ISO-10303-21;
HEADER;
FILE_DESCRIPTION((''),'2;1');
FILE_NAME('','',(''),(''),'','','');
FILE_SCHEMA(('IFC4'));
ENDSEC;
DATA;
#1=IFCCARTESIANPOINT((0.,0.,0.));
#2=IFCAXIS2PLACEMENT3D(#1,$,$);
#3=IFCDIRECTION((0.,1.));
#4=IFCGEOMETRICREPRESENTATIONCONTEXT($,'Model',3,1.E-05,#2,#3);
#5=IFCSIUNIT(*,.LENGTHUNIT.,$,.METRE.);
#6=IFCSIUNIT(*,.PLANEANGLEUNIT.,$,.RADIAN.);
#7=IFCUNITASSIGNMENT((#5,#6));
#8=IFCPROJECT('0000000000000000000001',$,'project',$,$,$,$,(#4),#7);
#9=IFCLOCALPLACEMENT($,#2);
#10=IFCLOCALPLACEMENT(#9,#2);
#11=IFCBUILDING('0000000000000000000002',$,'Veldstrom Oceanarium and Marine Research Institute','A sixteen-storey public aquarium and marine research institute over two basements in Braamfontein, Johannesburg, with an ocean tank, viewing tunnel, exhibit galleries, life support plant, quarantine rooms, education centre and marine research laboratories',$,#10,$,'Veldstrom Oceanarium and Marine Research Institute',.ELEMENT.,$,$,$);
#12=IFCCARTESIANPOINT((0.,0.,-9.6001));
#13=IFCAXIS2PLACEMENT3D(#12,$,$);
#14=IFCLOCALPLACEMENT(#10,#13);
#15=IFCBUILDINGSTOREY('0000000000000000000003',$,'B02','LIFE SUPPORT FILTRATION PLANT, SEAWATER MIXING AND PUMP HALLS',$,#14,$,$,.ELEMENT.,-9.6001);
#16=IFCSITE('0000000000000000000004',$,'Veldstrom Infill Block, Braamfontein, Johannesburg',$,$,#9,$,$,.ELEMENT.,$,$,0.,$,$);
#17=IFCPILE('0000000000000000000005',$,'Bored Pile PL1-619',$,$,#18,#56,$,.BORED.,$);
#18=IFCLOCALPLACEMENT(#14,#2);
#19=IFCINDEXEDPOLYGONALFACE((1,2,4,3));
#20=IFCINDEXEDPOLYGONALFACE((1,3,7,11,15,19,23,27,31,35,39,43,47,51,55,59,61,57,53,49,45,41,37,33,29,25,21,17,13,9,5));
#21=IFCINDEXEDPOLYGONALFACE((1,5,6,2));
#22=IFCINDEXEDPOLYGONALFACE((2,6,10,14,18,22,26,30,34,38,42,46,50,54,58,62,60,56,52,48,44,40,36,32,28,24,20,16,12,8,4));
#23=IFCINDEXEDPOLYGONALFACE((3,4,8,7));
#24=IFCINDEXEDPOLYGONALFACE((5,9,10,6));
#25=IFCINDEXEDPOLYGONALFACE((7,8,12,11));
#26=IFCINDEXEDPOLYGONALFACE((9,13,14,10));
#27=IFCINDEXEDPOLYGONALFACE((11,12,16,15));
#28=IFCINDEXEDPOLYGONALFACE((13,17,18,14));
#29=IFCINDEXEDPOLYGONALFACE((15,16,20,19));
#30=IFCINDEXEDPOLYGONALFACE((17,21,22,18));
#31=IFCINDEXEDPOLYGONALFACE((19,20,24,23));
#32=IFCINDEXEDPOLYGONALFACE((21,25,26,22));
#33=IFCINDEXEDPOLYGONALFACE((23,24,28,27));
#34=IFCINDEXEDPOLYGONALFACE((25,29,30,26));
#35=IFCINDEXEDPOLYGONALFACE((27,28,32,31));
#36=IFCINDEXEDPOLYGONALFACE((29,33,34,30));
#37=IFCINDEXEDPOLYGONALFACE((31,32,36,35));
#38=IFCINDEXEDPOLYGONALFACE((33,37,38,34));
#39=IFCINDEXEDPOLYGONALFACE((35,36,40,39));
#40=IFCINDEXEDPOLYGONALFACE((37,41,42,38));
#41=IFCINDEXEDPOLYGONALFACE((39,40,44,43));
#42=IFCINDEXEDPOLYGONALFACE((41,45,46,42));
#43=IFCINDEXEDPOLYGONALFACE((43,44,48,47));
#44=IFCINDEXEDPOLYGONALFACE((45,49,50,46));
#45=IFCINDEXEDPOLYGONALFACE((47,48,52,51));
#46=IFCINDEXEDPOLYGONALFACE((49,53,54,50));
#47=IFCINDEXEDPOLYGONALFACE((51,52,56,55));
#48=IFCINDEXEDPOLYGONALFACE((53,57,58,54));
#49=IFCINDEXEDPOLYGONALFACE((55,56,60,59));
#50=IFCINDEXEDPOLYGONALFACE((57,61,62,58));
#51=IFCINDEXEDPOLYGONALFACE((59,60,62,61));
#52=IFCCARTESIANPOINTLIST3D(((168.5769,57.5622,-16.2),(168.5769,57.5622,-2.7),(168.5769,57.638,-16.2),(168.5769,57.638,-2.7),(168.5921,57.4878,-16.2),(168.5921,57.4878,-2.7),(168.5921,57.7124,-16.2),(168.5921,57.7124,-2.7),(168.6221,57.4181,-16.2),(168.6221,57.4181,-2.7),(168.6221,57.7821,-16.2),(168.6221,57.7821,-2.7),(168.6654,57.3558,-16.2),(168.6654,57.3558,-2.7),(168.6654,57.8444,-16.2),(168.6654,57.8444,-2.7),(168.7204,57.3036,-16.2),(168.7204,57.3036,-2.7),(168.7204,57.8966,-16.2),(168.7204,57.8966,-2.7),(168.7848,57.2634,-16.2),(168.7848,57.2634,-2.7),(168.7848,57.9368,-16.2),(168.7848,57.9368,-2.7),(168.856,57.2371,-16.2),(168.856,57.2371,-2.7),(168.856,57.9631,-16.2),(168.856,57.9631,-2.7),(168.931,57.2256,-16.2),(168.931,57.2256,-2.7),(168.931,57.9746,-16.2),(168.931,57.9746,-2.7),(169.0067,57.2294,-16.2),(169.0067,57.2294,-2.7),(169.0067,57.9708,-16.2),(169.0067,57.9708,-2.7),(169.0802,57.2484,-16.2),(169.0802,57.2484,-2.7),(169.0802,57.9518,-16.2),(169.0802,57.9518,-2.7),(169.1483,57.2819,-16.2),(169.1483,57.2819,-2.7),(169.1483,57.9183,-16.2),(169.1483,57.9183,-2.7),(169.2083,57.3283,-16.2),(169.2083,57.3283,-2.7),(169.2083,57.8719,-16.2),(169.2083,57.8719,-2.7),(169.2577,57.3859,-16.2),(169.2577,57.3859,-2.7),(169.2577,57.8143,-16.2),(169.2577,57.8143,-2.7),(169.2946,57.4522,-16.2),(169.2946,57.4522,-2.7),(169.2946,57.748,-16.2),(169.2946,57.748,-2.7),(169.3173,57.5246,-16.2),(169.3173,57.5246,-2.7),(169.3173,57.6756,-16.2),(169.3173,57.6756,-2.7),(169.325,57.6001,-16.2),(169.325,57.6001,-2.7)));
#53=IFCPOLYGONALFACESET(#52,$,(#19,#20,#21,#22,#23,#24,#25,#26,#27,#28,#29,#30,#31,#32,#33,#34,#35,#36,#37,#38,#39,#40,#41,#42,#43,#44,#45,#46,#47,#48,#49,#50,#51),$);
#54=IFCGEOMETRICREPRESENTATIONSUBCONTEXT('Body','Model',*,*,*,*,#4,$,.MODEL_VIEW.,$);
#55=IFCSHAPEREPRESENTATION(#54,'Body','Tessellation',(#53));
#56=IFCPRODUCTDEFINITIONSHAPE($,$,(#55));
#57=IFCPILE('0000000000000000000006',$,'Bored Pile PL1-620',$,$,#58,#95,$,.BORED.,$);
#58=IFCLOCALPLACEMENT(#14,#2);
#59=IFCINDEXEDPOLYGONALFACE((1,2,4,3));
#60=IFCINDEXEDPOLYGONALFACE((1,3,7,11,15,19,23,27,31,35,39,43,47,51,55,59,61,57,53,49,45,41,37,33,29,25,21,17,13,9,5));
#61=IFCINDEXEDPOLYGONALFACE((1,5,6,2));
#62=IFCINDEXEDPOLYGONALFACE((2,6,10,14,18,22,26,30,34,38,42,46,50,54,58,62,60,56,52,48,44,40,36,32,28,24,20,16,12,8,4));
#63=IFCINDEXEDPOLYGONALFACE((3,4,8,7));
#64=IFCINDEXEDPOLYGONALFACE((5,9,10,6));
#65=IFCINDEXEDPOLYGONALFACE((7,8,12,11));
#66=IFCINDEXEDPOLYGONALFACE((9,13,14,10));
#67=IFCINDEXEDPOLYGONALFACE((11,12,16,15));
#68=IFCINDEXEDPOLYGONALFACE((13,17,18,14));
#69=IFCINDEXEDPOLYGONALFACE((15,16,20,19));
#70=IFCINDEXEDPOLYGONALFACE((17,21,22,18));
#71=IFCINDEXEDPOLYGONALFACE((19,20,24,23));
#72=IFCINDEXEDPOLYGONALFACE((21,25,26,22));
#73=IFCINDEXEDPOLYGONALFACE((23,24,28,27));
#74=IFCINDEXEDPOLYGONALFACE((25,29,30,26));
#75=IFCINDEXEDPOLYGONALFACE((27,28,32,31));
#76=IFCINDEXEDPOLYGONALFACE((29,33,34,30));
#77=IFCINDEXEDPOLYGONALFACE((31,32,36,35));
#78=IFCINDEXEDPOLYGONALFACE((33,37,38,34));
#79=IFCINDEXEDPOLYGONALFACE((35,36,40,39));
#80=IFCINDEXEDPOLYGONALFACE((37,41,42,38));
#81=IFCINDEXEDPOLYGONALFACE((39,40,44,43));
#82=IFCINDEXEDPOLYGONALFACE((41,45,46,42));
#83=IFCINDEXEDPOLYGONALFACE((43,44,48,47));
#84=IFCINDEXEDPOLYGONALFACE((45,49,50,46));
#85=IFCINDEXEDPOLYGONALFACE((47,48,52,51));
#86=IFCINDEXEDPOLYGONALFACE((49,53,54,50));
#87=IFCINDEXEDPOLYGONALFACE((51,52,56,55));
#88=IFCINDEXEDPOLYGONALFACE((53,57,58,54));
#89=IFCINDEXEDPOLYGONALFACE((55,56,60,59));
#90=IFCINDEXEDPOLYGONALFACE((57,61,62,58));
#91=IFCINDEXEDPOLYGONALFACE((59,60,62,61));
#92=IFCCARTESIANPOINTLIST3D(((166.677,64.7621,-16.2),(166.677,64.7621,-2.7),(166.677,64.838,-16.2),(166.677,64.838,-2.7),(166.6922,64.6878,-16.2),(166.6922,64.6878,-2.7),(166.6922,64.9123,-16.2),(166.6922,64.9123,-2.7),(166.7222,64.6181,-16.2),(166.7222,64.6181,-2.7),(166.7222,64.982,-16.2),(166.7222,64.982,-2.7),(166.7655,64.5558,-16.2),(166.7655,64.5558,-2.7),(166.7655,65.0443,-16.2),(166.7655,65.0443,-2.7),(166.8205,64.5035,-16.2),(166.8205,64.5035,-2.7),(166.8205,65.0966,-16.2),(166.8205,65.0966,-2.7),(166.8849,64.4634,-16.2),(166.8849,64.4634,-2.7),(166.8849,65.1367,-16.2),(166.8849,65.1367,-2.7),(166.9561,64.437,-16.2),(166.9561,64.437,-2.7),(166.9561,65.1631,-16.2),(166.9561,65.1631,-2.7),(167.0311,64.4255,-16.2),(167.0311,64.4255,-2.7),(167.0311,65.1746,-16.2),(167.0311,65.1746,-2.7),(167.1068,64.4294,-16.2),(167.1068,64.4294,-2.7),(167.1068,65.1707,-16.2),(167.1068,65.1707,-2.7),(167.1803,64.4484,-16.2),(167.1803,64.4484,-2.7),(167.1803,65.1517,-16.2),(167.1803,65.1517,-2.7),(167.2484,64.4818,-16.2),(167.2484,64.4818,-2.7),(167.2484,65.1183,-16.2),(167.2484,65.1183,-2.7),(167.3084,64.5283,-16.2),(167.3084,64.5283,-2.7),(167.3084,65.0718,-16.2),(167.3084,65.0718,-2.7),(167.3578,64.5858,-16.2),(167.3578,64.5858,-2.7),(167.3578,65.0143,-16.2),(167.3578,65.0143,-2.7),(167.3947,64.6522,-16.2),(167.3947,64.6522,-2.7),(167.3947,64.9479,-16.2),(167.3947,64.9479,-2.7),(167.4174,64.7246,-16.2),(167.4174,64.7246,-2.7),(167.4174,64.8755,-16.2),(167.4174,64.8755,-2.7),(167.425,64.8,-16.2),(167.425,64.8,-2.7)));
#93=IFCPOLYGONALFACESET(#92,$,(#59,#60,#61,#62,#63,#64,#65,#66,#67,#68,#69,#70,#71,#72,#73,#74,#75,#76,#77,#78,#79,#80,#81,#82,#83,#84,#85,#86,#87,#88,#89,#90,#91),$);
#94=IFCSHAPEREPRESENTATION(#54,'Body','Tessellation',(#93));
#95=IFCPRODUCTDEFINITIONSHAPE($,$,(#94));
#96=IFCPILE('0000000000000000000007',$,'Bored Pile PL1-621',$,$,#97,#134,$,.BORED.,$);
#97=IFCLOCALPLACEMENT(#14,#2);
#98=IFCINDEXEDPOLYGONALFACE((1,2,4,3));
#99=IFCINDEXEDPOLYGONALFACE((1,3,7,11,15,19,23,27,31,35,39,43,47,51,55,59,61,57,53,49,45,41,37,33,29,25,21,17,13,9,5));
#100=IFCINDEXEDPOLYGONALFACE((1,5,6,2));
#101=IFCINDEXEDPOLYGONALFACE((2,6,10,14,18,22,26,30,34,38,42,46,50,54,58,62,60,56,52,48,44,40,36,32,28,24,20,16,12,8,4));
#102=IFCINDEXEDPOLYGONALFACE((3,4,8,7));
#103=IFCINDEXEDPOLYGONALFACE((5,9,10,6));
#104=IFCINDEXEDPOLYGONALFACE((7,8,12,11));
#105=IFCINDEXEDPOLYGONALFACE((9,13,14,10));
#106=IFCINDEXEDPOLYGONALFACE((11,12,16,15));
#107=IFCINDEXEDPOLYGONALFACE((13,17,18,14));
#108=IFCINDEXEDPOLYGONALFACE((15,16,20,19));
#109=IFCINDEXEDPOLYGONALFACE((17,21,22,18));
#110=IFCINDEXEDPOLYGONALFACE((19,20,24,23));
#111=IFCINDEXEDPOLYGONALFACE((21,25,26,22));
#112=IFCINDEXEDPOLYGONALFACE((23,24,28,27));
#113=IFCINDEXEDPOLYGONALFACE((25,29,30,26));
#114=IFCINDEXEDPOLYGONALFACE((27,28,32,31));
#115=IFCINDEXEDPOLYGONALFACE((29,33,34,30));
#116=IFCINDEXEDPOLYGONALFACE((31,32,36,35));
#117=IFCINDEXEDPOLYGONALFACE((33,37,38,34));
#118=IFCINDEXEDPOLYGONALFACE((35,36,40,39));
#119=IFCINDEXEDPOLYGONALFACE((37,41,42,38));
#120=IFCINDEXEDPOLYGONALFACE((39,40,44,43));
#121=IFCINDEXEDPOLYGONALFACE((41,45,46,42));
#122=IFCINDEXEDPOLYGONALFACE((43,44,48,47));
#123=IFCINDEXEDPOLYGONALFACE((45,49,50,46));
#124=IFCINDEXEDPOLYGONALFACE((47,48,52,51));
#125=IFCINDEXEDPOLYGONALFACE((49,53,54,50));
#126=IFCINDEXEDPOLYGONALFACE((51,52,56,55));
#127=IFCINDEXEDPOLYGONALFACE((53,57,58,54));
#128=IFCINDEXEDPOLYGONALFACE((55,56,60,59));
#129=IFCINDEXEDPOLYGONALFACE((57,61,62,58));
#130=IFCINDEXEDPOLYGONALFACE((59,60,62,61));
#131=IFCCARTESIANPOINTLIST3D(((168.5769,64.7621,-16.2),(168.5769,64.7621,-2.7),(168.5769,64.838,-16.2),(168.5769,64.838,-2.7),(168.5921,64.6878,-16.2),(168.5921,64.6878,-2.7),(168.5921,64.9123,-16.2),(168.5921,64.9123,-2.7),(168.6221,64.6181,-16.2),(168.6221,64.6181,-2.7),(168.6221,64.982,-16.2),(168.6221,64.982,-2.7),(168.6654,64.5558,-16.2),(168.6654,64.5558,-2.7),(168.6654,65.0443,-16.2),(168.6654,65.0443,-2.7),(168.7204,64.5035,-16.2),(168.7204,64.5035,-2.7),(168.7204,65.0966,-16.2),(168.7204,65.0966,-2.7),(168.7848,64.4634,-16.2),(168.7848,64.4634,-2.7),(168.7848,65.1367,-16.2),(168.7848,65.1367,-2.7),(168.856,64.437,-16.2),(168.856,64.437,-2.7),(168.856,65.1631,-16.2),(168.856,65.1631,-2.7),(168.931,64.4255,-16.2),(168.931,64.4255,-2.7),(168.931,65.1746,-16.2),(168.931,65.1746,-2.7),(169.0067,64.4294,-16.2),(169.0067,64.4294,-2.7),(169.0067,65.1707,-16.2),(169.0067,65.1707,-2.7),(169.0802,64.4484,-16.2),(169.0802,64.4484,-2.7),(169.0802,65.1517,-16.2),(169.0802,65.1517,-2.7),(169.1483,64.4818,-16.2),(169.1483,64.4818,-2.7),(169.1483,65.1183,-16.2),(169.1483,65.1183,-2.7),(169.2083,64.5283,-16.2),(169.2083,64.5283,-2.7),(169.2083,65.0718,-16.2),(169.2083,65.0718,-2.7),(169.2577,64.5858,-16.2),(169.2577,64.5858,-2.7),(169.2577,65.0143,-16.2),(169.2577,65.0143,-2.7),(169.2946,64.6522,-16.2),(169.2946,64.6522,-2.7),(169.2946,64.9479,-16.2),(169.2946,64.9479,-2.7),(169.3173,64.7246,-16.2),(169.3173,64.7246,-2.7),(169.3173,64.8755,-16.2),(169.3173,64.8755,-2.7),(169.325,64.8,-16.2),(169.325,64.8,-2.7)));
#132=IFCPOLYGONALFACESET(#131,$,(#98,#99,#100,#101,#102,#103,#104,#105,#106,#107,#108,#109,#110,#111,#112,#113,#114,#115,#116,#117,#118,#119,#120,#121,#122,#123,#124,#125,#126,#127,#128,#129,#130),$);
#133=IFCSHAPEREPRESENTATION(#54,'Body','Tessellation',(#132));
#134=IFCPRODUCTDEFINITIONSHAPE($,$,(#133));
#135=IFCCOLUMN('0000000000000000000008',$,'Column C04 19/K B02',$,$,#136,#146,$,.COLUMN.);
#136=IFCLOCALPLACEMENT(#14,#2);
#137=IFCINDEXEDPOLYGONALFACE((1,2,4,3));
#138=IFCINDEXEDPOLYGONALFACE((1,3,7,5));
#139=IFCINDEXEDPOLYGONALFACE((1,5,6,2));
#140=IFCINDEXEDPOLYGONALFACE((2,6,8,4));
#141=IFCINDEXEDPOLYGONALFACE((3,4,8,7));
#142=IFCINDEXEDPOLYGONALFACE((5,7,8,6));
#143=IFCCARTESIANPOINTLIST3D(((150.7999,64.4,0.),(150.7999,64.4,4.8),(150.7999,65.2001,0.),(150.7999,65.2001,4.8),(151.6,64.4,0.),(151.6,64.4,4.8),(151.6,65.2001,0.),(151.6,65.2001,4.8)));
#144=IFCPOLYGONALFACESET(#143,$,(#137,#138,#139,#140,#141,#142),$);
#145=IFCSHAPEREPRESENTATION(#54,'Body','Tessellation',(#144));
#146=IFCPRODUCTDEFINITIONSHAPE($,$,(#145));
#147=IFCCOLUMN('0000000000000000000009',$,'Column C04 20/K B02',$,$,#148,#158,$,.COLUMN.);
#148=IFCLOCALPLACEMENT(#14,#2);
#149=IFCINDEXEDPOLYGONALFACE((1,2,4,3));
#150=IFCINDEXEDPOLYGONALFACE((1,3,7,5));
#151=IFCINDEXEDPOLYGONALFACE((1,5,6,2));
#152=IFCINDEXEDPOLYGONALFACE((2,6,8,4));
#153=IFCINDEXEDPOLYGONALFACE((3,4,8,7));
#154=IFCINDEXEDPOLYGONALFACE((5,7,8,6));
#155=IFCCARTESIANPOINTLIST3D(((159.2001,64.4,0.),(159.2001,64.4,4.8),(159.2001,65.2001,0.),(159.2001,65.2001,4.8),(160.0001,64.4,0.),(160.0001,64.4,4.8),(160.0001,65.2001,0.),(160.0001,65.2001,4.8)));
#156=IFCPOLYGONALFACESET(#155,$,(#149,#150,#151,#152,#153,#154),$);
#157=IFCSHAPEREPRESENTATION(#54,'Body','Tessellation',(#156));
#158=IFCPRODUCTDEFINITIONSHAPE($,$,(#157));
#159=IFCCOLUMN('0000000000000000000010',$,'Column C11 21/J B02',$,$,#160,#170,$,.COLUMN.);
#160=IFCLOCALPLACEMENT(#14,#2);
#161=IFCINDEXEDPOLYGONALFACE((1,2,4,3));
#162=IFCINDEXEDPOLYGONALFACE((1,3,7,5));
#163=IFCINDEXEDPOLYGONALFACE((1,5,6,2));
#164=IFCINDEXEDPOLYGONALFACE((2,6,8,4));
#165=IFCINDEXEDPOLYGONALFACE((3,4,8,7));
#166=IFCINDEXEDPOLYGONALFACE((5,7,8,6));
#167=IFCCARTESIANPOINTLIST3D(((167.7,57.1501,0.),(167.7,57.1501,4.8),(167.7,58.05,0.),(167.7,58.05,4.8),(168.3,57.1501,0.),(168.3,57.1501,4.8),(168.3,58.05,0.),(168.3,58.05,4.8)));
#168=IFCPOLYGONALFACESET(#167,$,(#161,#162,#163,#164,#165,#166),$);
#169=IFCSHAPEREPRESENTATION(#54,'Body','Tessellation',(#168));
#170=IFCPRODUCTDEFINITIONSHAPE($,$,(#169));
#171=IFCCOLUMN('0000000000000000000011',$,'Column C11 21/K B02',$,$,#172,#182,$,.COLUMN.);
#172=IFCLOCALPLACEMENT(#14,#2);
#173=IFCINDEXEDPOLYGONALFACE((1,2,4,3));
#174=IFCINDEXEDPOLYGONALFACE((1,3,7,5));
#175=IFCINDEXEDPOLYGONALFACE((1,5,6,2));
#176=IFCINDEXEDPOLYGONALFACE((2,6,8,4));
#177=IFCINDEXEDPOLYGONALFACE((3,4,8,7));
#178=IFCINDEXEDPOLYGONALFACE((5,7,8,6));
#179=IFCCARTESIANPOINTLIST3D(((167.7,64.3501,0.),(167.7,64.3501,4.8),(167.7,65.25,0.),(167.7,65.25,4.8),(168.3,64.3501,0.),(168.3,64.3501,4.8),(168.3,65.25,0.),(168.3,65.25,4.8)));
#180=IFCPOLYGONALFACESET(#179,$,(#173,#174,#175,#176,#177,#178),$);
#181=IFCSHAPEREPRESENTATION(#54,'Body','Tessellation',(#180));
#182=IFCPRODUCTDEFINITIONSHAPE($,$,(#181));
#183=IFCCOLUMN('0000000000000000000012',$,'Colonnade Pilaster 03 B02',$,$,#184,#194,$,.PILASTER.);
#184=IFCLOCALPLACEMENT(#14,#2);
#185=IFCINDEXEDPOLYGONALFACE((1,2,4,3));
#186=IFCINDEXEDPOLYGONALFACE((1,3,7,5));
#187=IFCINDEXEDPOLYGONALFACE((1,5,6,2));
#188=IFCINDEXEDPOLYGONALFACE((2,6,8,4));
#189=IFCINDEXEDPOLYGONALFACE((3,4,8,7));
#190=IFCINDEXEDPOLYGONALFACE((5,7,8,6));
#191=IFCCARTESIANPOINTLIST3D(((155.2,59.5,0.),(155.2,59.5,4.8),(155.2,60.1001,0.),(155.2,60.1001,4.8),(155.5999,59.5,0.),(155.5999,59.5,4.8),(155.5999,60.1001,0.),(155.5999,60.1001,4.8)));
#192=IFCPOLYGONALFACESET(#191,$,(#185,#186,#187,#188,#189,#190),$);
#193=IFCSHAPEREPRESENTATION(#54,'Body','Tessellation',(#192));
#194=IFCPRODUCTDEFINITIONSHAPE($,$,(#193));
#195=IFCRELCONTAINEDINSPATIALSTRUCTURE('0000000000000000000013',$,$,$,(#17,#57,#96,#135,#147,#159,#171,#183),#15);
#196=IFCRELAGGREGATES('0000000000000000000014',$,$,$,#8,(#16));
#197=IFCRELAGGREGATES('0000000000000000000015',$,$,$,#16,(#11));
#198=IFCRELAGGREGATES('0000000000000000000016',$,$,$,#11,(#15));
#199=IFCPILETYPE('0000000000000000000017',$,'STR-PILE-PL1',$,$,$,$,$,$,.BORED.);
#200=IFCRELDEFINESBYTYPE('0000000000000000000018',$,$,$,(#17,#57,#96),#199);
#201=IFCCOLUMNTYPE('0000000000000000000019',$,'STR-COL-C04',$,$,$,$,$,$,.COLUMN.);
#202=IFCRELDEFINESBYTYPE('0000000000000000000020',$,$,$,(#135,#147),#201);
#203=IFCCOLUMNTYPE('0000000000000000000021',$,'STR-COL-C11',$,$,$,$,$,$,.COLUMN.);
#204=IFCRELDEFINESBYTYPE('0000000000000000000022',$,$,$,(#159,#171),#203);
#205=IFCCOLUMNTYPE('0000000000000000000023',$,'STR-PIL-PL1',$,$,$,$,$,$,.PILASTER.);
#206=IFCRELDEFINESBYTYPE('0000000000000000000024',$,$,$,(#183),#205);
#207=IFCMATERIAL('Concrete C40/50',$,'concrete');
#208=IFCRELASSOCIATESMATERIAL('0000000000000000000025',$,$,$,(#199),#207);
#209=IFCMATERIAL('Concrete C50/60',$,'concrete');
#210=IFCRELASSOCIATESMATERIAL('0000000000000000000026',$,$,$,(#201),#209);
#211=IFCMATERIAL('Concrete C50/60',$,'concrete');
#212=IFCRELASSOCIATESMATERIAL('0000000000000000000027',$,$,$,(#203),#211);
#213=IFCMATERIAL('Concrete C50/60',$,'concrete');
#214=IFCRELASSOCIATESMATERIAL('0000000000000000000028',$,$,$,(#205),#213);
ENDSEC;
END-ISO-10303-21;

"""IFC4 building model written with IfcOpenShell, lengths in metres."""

from ifc_helpers import new_model, si_unit, direction, frame, origin, origin_2d, place, context, subcontext, project, spatial, rectangle, circle, extrude, material, material_profile, profile_set, type_object, element, save


model = new_model("IFC4")

# Units and contexts
model_context = context("Model", 3, precision=1e-05, world=origin(), true_north=direction((0.0, 1.0)))
body_context = subcontext(model_context, "Body", "Model", "MODEL_VIEW")
ifc_project = project(units=[si_unit("LENGTHUNIT", "METRE"), si_unit("PLANEANGLEUNIT", "RADIAN")], contexts=[model_context])

# Site, building, storey
site_placement = place(None, origin())
site = spatial("IfcSite", under=ifc_project, at=site_placement, Name="Veldstrom Infill Block, Braamfontein, Johannesburg", CompositionType="ELEMENT", RefElevation=0.0)
building_placement = place(site_placement, origin())
building = spatial("IfcBuilding", under=site, at=building_placement, Name="Veldstrom Oceanarium and Marine Research Institute", Description="A sixteen-storey public aquarium and marine research institute over two basements in Braamfontein, Johannesburg, with an ocean tank, viewing tunnel, exhibit galleries, life support plant, quarantine rooms, education centre and marine research laboratories", LongName="Veldstrom Oceanarium and Marine Research Institute", CompositionType="ELEMENT")
storey_placement = place(building_placement, frame((0.0, 0.0, -9.6001)))
storey = spatial("IfcBuildingStorey", under=building, at=storey_placement, Name="B02", Description="LIFE SUPPORT FILTRATION PLANT, SEAWATER MIXING AND PUMP HALLS", CompositionType="ELEMENT", Elevation=-9.6001)

# Piles
ifc_material_1 = material(Name="Concrete C40/50", Category="concrete")
ifc_material_profile_1 = material_profile(ifc_material_1, circle(Radius=0.375, at=origin_2d()), Name="PILE-D750")
ifc_profile_set_1 = profile_set([ifc_material_profile_1], Name="Concrete C40/50")
pile_type = type_object("IfcPileType", Name="STR-PILE-PL1", PredefinedType="BORED", material=ifc_profile_set_1)
for number, where, z_axis, x_axis, name in (
    (1, (168.95, 57.6001, -2.7), (0.0, 0.0, -1.0), (1.0, 0.0, 0.0), "Bored Pile PL1-619"),
    (2, (167.05, 64.8, -2.7), (0.0, 0.0, -1.0), (1.0, 0.0, 0.0), "Bored Pile PL1-620"),
    (3, (168.95, 64.8, -2.7), (0.0, 0.0, -1.0), (1.0, 0.0, 0.0), "Bored Pile PL1-621"),
):
    element("IfcPile", number, at=place(storey_placement, frame(where, z_axis=z_axis, x_axis=x_axis)), inside=storey, type_object=pile_type, Name=name, PredefinedType="BORED", context=body_context, shape_type="SweptSolid", body=[
        extrude(circle(Radius=0.375, at=origin_2d()), origin(), (0.0, 0.0, 1.0), 13.5),
    ])

# Columns
ifc_material_2 = material(Name="Concrete C50/60", Category="concrete")
ifc_material_profile_2 = material_profile(ifc_material_2, rectangle(XDim=0.8, YDim=0.8, at=origin_2d()), Name="RC-COL-800x800")
ifc_profile_set_2 = profile_set([ifc_material_profile_2], Name="Concrete C50/60")
column_type_1 = type_object("IfcColumnType", Name="STR-COL-C04", PredefinedType="COLUMN", material=ifc_profile_set_2)
for number, where, z_axis, x_axis, name in (
    (4, (151.2, 64.8, 0.0), (0.0, 0.0, 1.0), (1.0, 0.0, 0.0), "Column C04 19/K B02"),
    (5, (159.6001, 64.8, 0.0), (0.0, 0.0, 1.0), (1.0, 0.0, 0.0), "Column C04 20/K B02"),
):
    element("IfcColumn", number, at=place(storey_placement, frame(where, z_axis=z_axis, x_axis=x_axis)), inside=storey, type_object=column_type_1, Name=name, PredefinedType="COLUMN", context=body_context, shape_type="SweptSolid", body=[
        extrude(rectangle(XDim=0.8, YDim=0.8, at=origin_2d()), origin(), (0.0, 0.0, 1.0), 4.8),
    ])
ifc_material_3 = material(Name="Concrete C50/60", Category="concrete")
ifc_material_profile_3 = material_profile(ifc_material_3, rectangle(XDim=0.6001, YDim=0.8999, at=origin_2d()), Name="RC-COL-900x600")
ifc_profile_set_3 = profile_set([ifc_material_profile_3], Name="Concrete C50/60")
column_type_2 = type_object("IfcColumnType", Name="STR-COL-C11", PredefinedType="COLUMN", material=ifc_profile_set_3)
for number, where, z_axis, x_axis, name in (
    (6, (168.0, 57.6001, 0.0), (0.0, 0.0, 1.0), (1.0, 0.0, 0.0), "Column C11 21/J B02"),
    (7, (168.0, 64.8, 0.0), (0.0, 0.0, 1.0), (1.0, 0.0, 0.0), "Column C11 21/K B02"),
):
    element("IfcColumn", number, at=place(storey_placement, frame(where, z_axis=z_axis, x_axis=x_axis)), inside=storey, type_object=column_type_2, Name=name, PredefinedType="COLUMN", context=body_context, shape_type="SweptSolid", body=[
        extrude(rectangle(XDim=0.6001, YDim=0.8999, at=origin_2d()), origin(), (0.0, 0.0, 1.0), 4.8),
    ])
ifc_material_4 = material(Name="Concrete C50/60", Category="concrete")
ifc_material_profile_4 = material_profile(ifc_material_4, rectangle(XDim=0.3999, YDim=0.6001, at=origin_2d()), Name="RC-PIL-600x400")
ifc_profile_set_4 = profile_set([ifc_material_profile_4], Name="Concrete C50/60")
column_type_3 = type_object("IfcColumnType", Name="STR-PIL-PL1", PredefinedType="PILASTER", material=ifc_profile_set_4)
column_placement = place(storey_placement, frame((155.3999, 59.8, 0.0), z_axis=(0.0, 0.0, 1.0), x_axis=(1.0, 0.0, 0.0)))
element("IfcColumn", 8, at=column_placement, inside=storey, type_object=column_type_3, Name="Colonnade Pilaster 03 B02", PredefinedType="PILASTER", context=body_context, shape_type="SweptSolid", body=[
    extrude(rectangle(XDim=0.3999, YDim=0.6001, at=origin_2d()), origin(), (0.0, 0.0, 1.0), 4.8),
])

save(model, "model.ifc")
